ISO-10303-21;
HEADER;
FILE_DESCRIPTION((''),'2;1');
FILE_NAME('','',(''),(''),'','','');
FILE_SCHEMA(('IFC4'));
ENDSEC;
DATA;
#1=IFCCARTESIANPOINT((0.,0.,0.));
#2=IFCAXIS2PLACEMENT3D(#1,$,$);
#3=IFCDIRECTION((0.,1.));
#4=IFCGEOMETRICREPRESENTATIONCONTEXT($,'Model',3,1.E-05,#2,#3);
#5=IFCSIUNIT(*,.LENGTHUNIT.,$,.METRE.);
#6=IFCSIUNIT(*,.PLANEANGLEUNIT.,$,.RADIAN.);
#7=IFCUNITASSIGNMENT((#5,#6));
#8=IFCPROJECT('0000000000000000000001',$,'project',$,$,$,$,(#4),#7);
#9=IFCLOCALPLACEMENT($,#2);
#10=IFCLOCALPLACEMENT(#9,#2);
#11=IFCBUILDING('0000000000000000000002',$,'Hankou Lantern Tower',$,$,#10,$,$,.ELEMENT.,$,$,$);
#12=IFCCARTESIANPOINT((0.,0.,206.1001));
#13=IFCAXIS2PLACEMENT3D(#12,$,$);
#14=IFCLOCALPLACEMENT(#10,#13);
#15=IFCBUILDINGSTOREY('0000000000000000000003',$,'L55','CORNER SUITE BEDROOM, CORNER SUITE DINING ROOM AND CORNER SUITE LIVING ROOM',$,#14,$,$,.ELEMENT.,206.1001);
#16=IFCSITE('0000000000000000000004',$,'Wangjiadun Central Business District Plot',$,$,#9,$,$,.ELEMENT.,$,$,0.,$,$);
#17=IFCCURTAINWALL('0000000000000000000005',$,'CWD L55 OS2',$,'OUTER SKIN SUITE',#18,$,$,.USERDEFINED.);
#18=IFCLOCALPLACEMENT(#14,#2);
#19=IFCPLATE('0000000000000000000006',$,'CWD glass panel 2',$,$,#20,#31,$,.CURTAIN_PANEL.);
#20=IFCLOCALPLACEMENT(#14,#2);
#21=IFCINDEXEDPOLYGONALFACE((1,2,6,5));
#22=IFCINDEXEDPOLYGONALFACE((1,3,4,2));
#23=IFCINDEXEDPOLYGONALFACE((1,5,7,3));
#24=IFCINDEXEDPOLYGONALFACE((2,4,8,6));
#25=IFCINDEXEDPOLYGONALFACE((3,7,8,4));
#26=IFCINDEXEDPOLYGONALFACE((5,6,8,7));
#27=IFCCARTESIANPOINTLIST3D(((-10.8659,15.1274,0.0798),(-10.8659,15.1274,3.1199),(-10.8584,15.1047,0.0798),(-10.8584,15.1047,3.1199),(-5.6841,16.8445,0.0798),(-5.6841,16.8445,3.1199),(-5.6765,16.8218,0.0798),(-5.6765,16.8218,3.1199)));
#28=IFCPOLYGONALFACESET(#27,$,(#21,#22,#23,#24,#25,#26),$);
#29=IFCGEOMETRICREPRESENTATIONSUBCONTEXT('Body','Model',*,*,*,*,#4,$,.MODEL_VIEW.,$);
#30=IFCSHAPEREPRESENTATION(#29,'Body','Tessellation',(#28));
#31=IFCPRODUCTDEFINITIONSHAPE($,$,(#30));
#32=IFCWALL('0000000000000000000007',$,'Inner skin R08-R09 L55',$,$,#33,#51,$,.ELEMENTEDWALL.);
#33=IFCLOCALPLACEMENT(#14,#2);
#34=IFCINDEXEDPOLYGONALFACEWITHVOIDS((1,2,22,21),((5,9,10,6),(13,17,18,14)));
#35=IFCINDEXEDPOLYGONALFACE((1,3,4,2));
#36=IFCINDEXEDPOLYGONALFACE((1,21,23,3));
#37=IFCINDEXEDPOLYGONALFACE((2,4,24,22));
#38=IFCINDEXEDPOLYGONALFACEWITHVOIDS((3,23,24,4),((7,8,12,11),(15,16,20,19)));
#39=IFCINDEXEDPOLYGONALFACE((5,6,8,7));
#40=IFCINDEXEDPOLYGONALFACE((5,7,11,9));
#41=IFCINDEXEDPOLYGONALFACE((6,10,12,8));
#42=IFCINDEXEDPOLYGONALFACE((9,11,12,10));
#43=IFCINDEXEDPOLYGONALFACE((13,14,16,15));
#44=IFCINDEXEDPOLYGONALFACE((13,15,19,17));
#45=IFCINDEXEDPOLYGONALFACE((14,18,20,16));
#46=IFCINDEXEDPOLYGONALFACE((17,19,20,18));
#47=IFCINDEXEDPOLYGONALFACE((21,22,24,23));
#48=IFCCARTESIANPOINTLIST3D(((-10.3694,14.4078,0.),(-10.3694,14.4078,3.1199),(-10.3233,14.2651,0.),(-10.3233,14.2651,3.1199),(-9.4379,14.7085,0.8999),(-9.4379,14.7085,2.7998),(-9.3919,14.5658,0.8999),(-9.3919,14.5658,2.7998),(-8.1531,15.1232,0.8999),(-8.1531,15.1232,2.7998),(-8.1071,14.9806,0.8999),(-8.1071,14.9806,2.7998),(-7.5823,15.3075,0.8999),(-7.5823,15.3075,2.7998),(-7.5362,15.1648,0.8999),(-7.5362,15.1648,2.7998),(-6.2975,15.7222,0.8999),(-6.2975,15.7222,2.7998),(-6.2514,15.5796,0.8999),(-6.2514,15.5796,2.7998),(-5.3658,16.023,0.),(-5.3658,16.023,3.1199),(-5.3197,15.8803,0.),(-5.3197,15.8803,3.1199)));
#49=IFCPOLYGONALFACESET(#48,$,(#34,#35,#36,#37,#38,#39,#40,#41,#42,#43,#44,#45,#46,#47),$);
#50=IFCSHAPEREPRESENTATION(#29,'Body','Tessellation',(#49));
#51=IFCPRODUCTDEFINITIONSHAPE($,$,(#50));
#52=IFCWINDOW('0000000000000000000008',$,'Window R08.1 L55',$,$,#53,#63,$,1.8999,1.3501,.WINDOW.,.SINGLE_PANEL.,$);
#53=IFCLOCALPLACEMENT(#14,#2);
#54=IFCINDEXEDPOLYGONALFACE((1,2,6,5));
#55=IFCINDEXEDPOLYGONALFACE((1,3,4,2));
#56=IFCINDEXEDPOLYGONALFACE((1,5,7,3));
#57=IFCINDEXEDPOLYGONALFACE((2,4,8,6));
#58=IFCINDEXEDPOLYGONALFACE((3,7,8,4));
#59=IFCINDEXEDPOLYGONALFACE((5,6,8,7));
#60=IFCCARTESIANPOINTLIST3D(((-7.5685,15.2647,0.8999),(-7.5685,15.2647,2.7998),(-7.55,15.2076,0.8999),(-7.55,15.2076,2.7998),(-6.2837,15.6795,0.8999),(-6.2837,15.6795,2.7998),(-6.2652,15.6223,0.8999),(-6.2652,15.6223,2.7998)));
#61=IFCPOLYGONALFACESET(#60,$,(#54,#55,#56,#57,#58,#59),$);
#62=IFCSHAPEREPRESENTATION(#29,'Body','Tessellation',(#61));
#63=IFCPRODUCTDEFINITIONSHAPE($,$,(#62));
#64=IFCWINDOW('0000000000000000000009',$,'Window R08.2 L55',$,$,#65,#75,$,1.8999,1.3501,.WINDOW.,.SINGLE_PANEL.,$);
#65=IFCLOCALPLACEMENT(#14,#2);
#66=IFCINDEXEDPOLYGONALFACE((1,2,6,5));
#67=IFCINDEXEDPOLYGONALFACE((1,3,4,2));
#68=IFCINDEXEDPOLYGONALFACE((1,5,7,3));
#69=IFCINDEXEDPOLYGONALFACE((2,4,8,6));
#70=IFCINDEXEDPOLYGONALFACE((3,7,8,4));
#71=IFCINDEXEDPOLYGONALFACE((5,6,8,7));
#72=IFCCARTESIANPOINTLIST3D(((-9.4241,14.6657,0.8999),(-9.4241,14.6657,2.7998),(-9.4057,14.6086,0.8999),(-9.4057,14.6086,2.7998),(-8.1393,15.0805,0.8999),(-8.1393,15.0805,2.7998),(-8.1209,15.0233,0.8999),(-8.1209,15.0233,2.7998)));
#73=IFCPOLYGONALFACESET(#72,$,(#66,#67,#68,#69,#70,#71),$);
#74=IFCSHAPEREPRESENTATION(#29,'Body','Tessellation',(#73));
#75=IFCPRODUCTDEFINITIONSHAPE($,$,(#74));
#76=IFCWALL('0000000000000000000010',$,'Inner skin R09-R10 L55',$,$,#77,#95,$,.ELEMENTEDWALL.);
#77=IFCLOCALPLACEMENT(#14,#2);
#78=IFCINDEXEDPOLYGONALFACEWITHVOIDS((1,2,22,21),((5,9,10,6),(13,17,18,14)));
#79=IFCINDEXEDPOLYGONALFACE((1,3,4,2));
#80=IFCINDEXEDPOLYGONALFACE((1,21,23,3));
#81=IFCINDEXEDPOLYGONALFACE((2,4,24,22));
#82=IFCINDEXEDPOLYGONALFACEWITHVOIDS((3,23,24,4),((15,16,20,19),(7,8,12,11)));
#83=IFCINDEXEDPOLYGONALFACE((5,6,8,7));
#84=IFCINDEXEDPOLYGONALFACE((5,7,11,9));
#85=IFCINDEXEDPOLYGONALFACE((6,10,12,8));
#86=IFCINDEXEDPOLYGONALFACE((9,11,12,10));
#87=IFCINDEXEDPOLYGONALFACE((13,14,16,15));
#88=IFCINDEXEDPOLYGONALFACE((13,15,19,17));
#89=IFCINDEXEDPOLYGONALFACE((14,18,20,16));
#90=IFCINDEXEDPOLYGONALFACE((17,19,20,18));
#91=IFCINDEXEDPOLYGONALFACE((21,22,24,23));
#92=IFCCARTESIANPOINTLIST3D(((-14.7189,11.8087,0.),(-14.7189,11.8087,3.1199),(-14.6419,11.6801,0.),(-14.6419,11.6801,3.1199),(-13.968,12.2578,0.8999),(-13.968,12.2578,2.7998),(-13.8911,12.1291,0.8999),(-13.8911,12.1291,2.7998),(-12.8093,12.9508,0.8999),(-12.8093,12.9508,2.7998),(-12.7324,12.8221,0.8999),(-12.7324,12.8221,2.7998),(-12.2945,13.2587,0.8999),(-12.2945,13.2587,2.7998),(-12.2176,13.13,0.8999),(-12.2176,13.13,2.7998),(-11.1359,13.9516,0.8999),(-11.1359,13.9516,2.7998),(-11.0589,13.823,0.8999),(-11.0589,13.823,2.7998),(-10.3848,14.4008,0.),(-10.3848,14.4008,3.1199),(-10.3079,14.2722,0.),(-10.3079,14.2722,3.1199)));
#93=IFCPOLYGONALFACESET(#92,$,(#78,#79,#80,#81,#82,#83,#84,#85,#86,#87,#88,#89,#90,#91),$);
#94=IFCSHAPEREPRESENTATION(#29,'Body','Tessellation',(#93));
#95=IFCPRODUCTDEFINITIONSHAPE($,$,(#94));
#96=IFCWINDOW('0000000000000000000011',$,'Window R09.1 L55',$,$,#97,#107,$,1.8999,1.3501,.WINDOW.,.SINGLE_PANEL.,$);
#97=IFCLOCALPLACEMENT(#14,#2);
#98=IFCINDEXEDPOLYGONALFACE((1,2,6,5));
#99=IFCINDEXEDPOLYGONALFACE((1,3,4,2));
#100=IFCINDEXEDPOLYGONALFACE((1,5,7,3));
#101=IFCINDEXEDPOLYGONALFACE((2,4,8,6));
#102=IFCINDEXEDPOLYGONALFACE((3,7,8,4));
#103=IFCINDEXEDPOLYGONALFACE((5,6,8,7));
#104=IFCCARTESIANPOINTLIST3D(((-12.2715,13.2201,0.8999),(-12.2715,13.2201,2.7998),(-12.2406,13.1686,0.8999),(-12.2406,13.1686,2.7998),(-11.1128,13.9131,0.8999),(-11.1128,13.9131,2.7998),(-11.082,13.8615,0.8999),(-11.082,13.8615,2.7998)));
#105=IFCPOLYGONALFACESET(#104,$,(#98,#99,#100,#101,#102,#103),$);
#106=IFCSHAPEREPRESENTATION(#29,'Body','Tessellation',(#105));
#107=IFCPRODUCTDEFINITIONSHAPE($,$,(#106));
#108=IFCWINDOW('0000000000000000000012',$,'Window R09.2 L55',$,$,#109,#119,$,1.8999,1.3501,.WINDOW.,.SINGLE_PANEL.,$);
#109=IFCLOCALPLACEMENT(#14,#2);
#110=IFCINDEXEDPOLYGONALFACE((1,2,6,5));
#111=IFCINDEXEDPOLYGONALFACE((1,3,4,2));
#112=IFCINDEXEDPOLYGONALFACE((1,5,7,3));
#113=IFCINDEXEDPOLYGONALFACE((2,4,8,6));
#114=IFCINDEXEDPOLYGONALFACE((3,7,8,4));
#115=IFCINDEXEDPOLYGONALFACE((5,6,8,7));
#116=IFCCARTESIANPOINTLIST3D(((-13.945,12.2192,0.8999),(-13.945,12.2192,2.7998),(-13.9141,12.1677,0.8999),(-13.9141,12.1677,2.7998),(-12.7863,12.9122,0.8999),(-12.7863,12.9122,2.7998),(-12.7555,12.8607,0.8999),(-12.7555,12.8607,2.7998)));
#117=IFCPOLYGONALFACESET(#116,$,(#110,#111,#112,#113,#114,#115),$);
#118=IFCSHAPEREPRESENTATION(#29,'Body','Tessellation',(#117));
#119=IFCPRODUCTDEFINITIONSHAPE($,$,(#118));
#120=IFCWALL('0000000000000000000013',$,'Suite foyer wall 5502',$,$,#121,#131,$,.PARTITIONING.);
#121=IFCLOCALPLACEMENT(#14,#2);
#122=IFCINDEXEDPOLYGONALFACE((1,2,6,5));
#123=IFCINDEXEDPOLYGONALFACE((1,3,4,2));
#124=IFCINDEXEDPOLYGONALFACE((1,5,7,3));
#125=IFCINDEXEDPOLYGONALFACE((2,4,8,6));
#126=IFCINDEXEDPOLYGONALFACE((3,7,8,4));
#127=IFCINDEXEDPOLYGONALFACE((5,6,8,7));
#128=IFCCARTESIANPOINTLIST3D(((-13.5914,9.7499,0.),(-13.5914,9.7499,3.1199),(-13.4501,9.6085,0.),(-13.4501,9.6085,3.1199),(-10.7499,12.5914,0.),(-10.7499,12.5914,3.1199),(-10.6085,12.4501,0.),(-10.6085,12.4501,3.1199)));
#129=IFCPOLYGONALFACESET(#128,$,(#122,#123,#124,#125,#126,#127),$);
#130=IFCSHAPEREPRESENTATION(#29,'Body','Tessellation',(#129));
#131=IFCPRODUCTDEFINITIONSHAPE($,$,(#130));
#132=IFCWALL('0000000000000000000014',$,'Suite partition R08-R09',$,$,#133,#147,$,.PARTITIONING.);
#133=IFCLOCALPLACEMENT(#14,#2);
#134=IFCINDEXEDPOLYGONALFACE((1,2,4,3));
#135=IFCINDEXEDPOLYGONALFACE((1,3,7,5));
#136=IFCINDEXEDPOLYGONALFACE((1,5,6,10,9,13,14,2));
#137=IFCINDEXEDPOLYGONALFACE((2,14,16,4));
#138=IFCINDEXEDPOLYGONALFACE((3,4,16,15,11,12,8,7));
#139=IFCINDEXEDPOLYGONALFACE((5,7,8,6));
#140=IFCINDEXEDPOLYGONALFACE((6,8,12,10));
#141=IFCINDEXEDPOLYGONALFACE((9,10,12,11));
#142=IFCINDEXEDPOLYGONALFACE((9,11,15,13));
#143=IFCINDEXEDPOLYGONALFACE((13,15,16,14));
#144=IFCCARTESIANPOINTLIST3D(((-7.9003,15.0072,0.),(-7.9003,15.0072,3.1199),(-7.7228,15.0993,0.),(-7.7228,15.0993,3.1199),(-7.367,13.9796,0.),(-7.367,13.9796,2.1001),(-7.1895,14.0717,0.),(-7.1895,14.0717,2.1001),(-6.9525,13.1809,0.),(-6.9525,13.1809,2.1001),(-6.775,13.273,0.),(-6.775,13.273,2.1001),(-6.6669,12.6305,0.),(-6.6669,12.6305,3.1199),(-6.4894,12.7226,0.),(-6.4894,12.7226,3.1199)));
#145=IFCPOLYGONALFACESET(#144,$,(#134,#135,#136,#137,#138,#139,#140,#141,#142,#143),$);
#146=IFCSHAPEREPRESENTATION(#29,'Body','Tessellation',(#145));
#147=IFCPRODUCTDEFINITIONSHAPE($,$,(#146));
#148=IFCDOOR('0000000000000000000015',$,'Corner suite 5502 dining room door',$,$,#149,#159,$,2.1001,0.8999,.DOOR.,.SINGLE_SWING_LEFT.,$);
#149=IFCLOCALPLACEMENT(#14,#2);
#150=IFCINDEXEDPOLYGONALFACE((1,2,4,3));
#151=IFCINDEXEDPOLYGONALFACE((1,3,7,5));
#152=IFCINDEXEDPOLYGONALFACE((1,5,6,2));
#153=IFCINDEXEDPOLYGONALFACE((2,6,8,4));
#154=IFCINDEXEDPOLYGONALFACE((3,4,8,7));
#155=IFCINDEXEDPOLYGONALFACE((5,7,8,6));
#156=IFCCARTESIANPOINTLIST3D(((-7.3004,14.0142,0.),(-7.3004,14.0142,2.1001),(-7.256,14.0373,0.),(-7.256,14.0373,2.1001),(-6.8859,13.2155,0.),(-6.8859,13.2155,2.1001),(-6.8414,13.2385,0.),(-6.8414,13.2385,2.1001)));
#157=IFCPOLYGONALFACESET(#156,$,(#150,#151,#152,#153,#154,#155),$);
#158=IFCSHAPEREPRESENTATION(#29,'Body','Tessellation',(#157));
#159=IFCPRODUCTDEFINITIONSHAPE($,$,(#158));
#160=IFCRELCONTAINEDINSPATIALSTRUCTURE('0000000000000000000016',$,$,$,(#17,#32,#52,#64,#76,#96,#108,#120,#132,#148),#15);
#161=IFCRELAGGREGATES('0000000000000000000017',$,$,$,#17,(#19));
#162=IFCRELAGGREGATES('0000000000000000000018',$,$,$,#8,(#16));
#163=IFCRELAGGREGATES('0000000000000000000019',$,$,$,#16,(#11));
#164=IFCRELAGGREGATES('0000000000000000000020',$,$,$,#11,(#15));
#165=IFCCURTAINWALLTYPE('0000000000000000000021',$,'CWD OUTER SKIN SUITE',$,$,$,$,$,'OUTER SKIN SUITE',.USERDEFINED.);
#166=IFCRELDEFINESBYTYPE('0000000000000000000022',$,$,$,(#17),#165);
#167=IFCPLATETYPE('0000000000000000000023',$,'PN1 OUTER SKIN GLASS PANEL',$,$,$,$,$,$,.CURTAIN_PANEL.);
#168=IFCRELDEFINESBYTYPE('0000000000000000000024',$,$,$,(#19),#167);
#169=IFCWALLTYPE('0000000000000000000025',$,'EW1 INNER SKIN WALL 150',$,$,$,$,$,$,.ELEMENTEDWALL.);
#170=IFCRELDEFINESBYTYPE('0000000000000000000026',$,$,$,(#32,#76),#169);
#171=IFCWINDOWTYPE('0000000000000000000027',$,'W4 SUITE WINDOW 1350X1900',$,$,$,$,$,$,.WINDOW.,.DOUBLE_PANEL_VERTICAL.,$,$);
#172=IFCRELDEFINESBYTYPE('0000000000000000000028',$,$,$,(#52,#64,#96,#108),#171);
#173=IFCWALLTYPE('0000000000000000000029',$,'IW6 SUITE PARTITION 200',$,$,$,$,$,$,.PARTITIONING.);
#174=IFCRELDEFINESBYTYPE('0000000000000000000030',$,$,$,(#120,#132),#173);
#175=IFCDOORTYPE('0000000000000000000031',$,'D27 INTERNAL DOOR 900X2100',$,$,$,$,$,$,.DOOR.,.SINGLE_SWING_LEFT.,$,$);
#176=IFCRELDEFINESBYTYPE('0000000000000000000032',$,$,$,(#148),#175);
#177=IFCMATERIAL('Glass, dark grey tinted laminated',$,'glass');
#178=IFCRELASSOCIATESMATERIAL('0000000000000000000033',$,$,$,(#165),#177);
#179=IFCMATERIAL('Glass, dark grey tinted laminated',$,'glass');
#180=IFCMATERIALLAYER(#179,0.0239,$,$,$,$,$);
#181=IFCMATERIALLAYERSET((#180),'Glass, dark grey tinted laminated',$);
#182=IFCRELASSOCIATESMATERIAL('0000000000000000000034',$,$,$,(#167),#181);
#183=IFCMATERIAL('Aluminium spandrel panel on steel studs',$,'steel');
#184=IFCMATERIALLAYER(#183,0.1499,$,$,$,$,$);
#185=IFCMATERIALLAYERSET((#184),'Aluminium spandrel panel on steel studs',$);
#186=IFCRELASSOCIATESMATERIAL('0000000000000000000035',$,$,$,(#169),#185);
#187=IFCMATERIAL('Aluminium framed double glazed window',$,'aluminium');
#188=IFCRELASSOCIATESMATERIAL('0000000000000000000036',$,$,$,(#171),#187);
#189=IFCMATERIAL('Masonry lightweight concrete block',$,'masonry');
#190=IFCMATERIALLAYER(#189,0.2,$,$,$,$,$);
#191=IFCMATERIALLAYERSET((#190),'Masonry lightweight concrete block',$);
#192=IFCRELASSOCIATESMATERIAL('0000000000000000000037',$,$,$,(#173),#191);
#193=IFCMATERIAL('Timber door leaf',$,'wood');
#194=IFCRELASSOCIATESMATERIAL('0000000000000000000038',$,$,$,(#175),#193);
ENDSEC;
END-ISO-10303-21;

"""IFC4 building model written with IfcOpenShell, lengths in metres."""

from ifc_helpers import new_model, si_unit, direction, frame, frame_2d, origin, origin_2d, place, context, subcontext, project, spatial, rectangle, extrude, material, layer, layer_set, type_object, element, fill, aggregate, save


model = new_model("IFC4")

# Units and contexts
model_context = context("Model", 3, precision=1e-05, world=origin(), true_north=direction((0.0, 1.0)))
body_context = subcontext(model_context, "Body", "Model", "MODEL_VIEW")
ifc_project = project(units=[si_unit("LENGTHUNIT", "METRE"), si_unit("PLANEANGLEUNIT", "RADIAN")], contexts=[model_context])

# Site, building, storey
site_placement = place(None, origin())
site = spatial("IfcSite", under=ifc_project, at=site_placement, Name="Wangjiadun Central Business District Plot", CompositionType="ELEMENT", RefElevation=0.0)
building_placement = place(site_placement, origin())
building = spatial("IfcBuilding", under=site, at=building_placement, Name="Hankou Lantern Tower", CompositionType="ELEMENT")
storey_placement = place(building_placement, frame((0.0, 0.0, 206.1001)))
storey = spatial("IfcBuildingStorey", under=building, at=storey_placement, Name="L55", Description="CORNER SUITE BEDROOM, CORNER SUITE DINING ROOM AND CORNER SUITE LIVING ROOM", CompositionType="ELEMENT", Elevation=206.1001)

# Curtain wall
ifc_material_1 = material(Name="Glass, dark grey tinted laminated", Category="glass")
curtain_wall_type = type_object("IfcCurtainWallType", Name="CWD OUTER SKIN SUITE", ElementType="OUTER SKIN SUITE", PredefinedType="USERDEFINED", material=ifc_material_1)
curtain_wall_placement = place(storey_placement, origin())
curtain_wall = element("IfcCurtainWall", 1, at=curtain_wall_placement, inside=storey, type_object=curtain_wall_type, Name="CWD L55 OS2", ObjectType="OUTER SKIN SUITE", PredefinedType="USERDEFINED")

# Plate
ifc_material_2 = material(Name="Glass, dark grey tinted laminated", Category="glass")
ifc_layer_1 = layer(ifc_material_2, 0.0239)
ifc_layer_set_1 = layer_set([ifc_layer_1], Name="Glass, dark grey tinted laminated")
plate_type = type_object("IfcPlateType", Name="PN1 OUTER SKIN GLASS PANEL", PredefinedType="CURTAIN_PANEL", material=ifc_layer_set_1)
plate_1_placement = place(storey_placement, frame((-8.2712, 15.9746, 0.0798), z_axis=(0.0, 0.0, 1.0), x_axis=(-0.949241, -0.314551, 0.0)))
plate_1 = element("IfcPlate", 2, at=plate_1_placement, type_object=plate_type, Name="CWD glass panel 2", PredefinedType="CURTAIN_PANEL", context=body_context, shape_type="SweptSolid", body=[
    extrude(rectangle(XDim=5.459, YDim=0.0239, at=origin_2d()), origin(), (0.0, 0.0, 1.0), 3.04),
])
aggregate(curtain_wall, [plate_1])

# Walls, openings, windows
ifc_material_3 = material(Name="Aluminium spandrel panel on steel studs", Category="steel")
ifc_layer_2 = layer(ifc_material_3, 0.1499)
ifc_layer_set_2 = layer_set([ifc_layer_2], Name="Aluminium spandrel panel on steel studs")
wall_type_1 = type_object("IfcWallType", Name="EW1 INNER SKIN WALL 150", PredefinedType="ELEMENTEDWALL", material=ifc_layer_set_2)
wall_1_placement = place(storey_placement, frame((-5.3428, 15.9517, 0.0), z_axis=(0.0, 0.0, 1.0), x_axis=(-0.951645, -0.307201, 0.0)))
wall_1 = element("IfcWall", 3, at=wall_1_placement, inside=storey, type_object=wall_type_1, Name="Inner skin R08-R09 L55", PredefinedType="ELEMENTEDWALL", context=body_context, shape_type="SweptSolid", body=[
    extrude(rectangle(XDim=5.2578, YDim=0.1499, at=frame_2d((2.6289, 0.0))), origin(), (0.0, 0.0, 1.0), 3.1199),
])
opening_1_placement = place(wall_1_placement, frame((0.979, 0.0, 0.8999)))
opening_1 = element("IfcOpeningElement", 4, at=opening_1_placement, cuts=wall_1, PredefinedType="OPENING", context=body_context, shape_type="SweptSolid", body=[
    extrude(rectangle(XDim=1.3501, YDim=1.8999, at=frame_2d((0.675, 0.95))), frame((0.0, 0.085, 0.0), z_axis=(0.0, -1.0, 0.0), x_axis=(1.0, 0.0, 0.0)), (0.0, 0.0, 1.0), 0.1699),
])
opening_2_placement = place(wall_1_placement, frame((2.929, 0.0, 0.8999)))
opening_2 = element("IfcOpeningElement", 5, at=opening_2_placement, cuts=wall_1, PredefinedType="OPENING", context=body_context, shape_type="SweptSolid", body=[
    extrude(rectangle(XDim=1.3501, YDim=1.8999, at=frame_2d((0.675, 0.95))), frame((0.0, 0.085, 0.0), z_axis=(0.0, -1.0, 0.0), x_axis=(1.0, 0.0, 0.0)), (0.0, 0.0, 1.0), 0.1699),
])
ifc_material_4 = material(Name="Aluminium framed double glazed window", Category="aluminium")
window_type = type_object("IfcWindowType", Name="W4 SUITE WINDOW 1350X1900", PartitioningType="DOUBLE_PANEL_VERTICAL", PredefinedType="WINDOW", material=ifc_material_4)
window_1_placement = place(opening_1_placement, origin())
window_1 = element("IfcWindow", 6, at=window_1_placement, inside=storey, type_object=window_type, Name="Window R08.1 L55", OverallHeight=1.8999, OverallWidth=1.3501, PartitioningType="SINGLE_PANEL", PredefinedType="WINDOW", context=body_context, shape_type="SweptSolid", body=[
    extrude(rectangle(XDim=1.3501, YDim=1.8999, at=frame_2d((0.675, 0.95))), frame((0.0, 0.03, 0.0), z_axis=(0.0, -1.0, 0.0), x_axis=(1.0, 0.0, 0.0)), (0.0, 0.0, 1.0), 0.0601),
])
fill(opening_1, window_1)
window_2_placement = place(opening_2_placement, origin())
window_2 = element("IfcWindow", 7, at=window_2_placement, inside=storey, type_object=window_type, Name="Window R08.2 L55", OverallHeight=1.8999, OverallWidth=1.3501, PartitioningType="SINGLE_PANEL", PredefinedType="WINDOW", context=body_context, shape_type="SweptSolid", body=[
    extrude(rectangle(XDim=1.3501, YDim=1.8999, at=frame_2d((0.675, 0.95))), frame((0.0, 0.03, 0.0), z_axis=(0.0, -1.0, 0.0), x_axis=(1.0, 0.0, 0.0)), (0.0, 0.0, 1.0), 0.0601),
])
fill(opening_2, window_2)
wall_2_placement = place(storey_placement, frame((-10.3464, 14.3364, 0.0), z_axis=(0.0, 0.0, 1.0), x_axis=(-0.858222, -0.51328, 0.0)))
wall_2 = element("IfcWall", 8, at=wall_2_placement, inside=storey, type_object=wall_type_1, Name="Inner skin R09-R10 L55", PredefinedType="ELEMENTEDWALL", context=body_context, shape_type="SweptSolid", body=[
    extrude(rectangle(XDim=5.05, YDim=0.1499, at=frame_2d((2.5249, 0.0))), origin(), (0.0, 0.0, 1.0), 3.1199),
])
opening_3_placement = place(wall_2_placement, frame((0.875, 0.0, 0.8999)))
opening_3 = element("IfcOpeningElement", 9, at=opening_3_placement, cuts=wall_2, PredefinedType="OPENING", context=body_context, shape_type="SweptSolid", body=[
    extrude(rectangle(XDim=1.3501, YDim=1.8999, at=frame_2d((0.675, 0.95))), frame((0.0, 0.085, 0.0), z_axis=(0.0, -1.0, 0.0), x_axis=(1.0, 0.0, 0.0)), (0.0, 0.0, 1.0), 0.1699),
])
opening_4_placement = place(wall_2_placement, frame((2.825, 0.0, 0.8999)))
opening_4 = element("IfcOpeningElement", 10, at=opening_4_placement, cuts=wall_2, PredefinedType="OPENING", context=body_context, shape_type="SweptSolid", body=[
    extrude(rectangle(XDim=1.3501, YDim=1.8999, at=frame_2d((0.675, 0.95))), frame((0.0, 0.085, 0.0), z_axis=(0.0, -1.0, 0.0), x_axis=(1.0, 0.0, 0.0)), (0.0, 0.0, 1.0), 0.1699),
])
window_3_placement = place(opening_3_placement, origin())
window_3 = element("IfcWindow", 11, at=window_3_placement, inside=storey, type_object=window_type, Name="Window R09.1 L55", OverallHeight=1.8999, OverallWidth=1.3501, PartitioningType="SINGLE_PANEL", PredefinedType="WINDOW", context=body_context, shape_type="SweptSolid", body=[
    extrude(rectangle(XDim=1.3501, YDim=1.8999, at=frame_2d((0.675, 0.95))), frame((0.0, 0.03, 0.0), z_axis=(0.0, -1.0, 0.0), x_axis=(1.0, 0.0, 0.0)), (0.0, 0.0, 1.0), 0.0601),
])
fill(opening_3, window_3)
window_4_placement = place(opening_4_placement, origin())
window_4 = element("IfcWindow", 12, at=window_4_placement, inside=storey, type_object=window_type, Name="Window R09.2 L55", OverallHeight=1.8999, OverallWidth=1.3501, PartitioningType="SINGLE_PANEL", PredefinedType="WINDOW", context=body_context, shape_type="SweptSolid", body=[
    extrude(rectangle(XDim=1.3501, YDim=1.8999, at=frame_2d((0.675, 0.95))), frame((0.0, 0.03, 0.0), z_axis=(0.0, -1.0, 0.0), x_axis=(1.0, 0.0, 0.0)), (0.0, 0.0, 1.0), 0.0601),
])
fill(opening_4, window_4)

# Wall
ifc_material_5 = material(Name="Masonry lightweight concrete block", Category="masonry")
ifc_layer_3 = layer(ifc_material_5, 0.2)
ifc_layer_set_3 = layer_set([ifc_layer_3], Name="Masonry lightweight concrete block")
wall_type_2 = type_object("IfcWallType", Name="IW6 SUITE PARTITION 200", PredefinedType="PARTITIONING", material=ifc_layer_set_3)
wall_3_placement = place(storey_placement, frame((-10.6792, 12.5208, 0.0), z_axis=(0.0, 0.0, 1.0), x_axis=(-0.707107, -0.707107, 0.0)))
element("IfcWall", 13, at=wall_3_placement, inside=storey, type_object=wall_type_2, Name="Suite foyer wall 5502", PredefinedType="PARTITIONING", context=body_context, shape_type="SweptSolid", body=[
    extrude(rectangle(XDim=4.0186, YDim=0.2, at=frame_2d((2.0093, 0.0))), origin(), (0.0, 0.0, 1.0), 3.1199),
])

# Wall, opening, door
wall_4_placement = place(storey_placement, frame((-6.5781, 12.6765, 0.0), z_axis=(0.0, 0.0, 1.0), x_axis=(-0.460621, 0.887597, 0.0)))
wall_4 = element("IfcWall", 14, at=wall_4_placement, inside=storey, type_object=wall_type_2, Name="Suite partition R08-R09", PredefinedType="PARTITIONING", context=body_context, shape_type="SweptSolid", body=[
    extrude(rectangle(XDim=2.6777, YDim=0.2, at=frame_2d((1.3389, 0.0))), origin(), (0.0, 0.0, 1.0), 3.1199),
])
opening_5_placement = place(wall_4_placement, frame((0.6201, 0.0, 0.0)))
opening_5 = element("IfcOpeningElement", 15, at=opening_5_placement, cuts=wall_4, PredefinedType="OPENING", context=body_context, shape_type="SweptSolid", body=[
    extrude(rectangle(XDim=0.8999, YDim=2.1001, at=frame_2d((0.45, 1.05))), frame((0.0, 0.1099, 0.0), z_axis=(0.0, -1.0, 0.0), x_axis=(1.0, 0.0, 0.0)), (0.0, 0.0, 1.0), 0.22),
])
ifc_material_6 = material(Name="Timber door leaf", Category="wood")
door_type = type_object("IfcDoorType", Name="D27 INTERNAL DOOR 900X2100", OperationType="SINGLE_SWING_LEFT", PredefinedType="DOOR", material=ifc_material_6)
door_placement = place(opening_5_placement, origin())
door = element("IfcDoor", 16, at=door_placement, inside=storey, type_object=door_type, Name="Corner suite 5502 dining room door", OperationType="SINGLE_SWING_LEFT", OverallHeight=2.1001, OverallWidth=0.8999, PredefinedType="DOOR", context=body_context, shape_type="SweptSolid", body=[
    extrude(rectangle(XDim=0.8999, YDim=2.1001, at=frame_2d((0.45, 1.05))), frame((0.0, 0.0249, 0.0), z_axis=(0.0, -1.0, 0.0), x_axis=(1.0, 0.0, 0.0)), (0.0, 0.0, 1.0), 0.05),
])
fill(opening_5, door)

save(model, "model.ifc")
